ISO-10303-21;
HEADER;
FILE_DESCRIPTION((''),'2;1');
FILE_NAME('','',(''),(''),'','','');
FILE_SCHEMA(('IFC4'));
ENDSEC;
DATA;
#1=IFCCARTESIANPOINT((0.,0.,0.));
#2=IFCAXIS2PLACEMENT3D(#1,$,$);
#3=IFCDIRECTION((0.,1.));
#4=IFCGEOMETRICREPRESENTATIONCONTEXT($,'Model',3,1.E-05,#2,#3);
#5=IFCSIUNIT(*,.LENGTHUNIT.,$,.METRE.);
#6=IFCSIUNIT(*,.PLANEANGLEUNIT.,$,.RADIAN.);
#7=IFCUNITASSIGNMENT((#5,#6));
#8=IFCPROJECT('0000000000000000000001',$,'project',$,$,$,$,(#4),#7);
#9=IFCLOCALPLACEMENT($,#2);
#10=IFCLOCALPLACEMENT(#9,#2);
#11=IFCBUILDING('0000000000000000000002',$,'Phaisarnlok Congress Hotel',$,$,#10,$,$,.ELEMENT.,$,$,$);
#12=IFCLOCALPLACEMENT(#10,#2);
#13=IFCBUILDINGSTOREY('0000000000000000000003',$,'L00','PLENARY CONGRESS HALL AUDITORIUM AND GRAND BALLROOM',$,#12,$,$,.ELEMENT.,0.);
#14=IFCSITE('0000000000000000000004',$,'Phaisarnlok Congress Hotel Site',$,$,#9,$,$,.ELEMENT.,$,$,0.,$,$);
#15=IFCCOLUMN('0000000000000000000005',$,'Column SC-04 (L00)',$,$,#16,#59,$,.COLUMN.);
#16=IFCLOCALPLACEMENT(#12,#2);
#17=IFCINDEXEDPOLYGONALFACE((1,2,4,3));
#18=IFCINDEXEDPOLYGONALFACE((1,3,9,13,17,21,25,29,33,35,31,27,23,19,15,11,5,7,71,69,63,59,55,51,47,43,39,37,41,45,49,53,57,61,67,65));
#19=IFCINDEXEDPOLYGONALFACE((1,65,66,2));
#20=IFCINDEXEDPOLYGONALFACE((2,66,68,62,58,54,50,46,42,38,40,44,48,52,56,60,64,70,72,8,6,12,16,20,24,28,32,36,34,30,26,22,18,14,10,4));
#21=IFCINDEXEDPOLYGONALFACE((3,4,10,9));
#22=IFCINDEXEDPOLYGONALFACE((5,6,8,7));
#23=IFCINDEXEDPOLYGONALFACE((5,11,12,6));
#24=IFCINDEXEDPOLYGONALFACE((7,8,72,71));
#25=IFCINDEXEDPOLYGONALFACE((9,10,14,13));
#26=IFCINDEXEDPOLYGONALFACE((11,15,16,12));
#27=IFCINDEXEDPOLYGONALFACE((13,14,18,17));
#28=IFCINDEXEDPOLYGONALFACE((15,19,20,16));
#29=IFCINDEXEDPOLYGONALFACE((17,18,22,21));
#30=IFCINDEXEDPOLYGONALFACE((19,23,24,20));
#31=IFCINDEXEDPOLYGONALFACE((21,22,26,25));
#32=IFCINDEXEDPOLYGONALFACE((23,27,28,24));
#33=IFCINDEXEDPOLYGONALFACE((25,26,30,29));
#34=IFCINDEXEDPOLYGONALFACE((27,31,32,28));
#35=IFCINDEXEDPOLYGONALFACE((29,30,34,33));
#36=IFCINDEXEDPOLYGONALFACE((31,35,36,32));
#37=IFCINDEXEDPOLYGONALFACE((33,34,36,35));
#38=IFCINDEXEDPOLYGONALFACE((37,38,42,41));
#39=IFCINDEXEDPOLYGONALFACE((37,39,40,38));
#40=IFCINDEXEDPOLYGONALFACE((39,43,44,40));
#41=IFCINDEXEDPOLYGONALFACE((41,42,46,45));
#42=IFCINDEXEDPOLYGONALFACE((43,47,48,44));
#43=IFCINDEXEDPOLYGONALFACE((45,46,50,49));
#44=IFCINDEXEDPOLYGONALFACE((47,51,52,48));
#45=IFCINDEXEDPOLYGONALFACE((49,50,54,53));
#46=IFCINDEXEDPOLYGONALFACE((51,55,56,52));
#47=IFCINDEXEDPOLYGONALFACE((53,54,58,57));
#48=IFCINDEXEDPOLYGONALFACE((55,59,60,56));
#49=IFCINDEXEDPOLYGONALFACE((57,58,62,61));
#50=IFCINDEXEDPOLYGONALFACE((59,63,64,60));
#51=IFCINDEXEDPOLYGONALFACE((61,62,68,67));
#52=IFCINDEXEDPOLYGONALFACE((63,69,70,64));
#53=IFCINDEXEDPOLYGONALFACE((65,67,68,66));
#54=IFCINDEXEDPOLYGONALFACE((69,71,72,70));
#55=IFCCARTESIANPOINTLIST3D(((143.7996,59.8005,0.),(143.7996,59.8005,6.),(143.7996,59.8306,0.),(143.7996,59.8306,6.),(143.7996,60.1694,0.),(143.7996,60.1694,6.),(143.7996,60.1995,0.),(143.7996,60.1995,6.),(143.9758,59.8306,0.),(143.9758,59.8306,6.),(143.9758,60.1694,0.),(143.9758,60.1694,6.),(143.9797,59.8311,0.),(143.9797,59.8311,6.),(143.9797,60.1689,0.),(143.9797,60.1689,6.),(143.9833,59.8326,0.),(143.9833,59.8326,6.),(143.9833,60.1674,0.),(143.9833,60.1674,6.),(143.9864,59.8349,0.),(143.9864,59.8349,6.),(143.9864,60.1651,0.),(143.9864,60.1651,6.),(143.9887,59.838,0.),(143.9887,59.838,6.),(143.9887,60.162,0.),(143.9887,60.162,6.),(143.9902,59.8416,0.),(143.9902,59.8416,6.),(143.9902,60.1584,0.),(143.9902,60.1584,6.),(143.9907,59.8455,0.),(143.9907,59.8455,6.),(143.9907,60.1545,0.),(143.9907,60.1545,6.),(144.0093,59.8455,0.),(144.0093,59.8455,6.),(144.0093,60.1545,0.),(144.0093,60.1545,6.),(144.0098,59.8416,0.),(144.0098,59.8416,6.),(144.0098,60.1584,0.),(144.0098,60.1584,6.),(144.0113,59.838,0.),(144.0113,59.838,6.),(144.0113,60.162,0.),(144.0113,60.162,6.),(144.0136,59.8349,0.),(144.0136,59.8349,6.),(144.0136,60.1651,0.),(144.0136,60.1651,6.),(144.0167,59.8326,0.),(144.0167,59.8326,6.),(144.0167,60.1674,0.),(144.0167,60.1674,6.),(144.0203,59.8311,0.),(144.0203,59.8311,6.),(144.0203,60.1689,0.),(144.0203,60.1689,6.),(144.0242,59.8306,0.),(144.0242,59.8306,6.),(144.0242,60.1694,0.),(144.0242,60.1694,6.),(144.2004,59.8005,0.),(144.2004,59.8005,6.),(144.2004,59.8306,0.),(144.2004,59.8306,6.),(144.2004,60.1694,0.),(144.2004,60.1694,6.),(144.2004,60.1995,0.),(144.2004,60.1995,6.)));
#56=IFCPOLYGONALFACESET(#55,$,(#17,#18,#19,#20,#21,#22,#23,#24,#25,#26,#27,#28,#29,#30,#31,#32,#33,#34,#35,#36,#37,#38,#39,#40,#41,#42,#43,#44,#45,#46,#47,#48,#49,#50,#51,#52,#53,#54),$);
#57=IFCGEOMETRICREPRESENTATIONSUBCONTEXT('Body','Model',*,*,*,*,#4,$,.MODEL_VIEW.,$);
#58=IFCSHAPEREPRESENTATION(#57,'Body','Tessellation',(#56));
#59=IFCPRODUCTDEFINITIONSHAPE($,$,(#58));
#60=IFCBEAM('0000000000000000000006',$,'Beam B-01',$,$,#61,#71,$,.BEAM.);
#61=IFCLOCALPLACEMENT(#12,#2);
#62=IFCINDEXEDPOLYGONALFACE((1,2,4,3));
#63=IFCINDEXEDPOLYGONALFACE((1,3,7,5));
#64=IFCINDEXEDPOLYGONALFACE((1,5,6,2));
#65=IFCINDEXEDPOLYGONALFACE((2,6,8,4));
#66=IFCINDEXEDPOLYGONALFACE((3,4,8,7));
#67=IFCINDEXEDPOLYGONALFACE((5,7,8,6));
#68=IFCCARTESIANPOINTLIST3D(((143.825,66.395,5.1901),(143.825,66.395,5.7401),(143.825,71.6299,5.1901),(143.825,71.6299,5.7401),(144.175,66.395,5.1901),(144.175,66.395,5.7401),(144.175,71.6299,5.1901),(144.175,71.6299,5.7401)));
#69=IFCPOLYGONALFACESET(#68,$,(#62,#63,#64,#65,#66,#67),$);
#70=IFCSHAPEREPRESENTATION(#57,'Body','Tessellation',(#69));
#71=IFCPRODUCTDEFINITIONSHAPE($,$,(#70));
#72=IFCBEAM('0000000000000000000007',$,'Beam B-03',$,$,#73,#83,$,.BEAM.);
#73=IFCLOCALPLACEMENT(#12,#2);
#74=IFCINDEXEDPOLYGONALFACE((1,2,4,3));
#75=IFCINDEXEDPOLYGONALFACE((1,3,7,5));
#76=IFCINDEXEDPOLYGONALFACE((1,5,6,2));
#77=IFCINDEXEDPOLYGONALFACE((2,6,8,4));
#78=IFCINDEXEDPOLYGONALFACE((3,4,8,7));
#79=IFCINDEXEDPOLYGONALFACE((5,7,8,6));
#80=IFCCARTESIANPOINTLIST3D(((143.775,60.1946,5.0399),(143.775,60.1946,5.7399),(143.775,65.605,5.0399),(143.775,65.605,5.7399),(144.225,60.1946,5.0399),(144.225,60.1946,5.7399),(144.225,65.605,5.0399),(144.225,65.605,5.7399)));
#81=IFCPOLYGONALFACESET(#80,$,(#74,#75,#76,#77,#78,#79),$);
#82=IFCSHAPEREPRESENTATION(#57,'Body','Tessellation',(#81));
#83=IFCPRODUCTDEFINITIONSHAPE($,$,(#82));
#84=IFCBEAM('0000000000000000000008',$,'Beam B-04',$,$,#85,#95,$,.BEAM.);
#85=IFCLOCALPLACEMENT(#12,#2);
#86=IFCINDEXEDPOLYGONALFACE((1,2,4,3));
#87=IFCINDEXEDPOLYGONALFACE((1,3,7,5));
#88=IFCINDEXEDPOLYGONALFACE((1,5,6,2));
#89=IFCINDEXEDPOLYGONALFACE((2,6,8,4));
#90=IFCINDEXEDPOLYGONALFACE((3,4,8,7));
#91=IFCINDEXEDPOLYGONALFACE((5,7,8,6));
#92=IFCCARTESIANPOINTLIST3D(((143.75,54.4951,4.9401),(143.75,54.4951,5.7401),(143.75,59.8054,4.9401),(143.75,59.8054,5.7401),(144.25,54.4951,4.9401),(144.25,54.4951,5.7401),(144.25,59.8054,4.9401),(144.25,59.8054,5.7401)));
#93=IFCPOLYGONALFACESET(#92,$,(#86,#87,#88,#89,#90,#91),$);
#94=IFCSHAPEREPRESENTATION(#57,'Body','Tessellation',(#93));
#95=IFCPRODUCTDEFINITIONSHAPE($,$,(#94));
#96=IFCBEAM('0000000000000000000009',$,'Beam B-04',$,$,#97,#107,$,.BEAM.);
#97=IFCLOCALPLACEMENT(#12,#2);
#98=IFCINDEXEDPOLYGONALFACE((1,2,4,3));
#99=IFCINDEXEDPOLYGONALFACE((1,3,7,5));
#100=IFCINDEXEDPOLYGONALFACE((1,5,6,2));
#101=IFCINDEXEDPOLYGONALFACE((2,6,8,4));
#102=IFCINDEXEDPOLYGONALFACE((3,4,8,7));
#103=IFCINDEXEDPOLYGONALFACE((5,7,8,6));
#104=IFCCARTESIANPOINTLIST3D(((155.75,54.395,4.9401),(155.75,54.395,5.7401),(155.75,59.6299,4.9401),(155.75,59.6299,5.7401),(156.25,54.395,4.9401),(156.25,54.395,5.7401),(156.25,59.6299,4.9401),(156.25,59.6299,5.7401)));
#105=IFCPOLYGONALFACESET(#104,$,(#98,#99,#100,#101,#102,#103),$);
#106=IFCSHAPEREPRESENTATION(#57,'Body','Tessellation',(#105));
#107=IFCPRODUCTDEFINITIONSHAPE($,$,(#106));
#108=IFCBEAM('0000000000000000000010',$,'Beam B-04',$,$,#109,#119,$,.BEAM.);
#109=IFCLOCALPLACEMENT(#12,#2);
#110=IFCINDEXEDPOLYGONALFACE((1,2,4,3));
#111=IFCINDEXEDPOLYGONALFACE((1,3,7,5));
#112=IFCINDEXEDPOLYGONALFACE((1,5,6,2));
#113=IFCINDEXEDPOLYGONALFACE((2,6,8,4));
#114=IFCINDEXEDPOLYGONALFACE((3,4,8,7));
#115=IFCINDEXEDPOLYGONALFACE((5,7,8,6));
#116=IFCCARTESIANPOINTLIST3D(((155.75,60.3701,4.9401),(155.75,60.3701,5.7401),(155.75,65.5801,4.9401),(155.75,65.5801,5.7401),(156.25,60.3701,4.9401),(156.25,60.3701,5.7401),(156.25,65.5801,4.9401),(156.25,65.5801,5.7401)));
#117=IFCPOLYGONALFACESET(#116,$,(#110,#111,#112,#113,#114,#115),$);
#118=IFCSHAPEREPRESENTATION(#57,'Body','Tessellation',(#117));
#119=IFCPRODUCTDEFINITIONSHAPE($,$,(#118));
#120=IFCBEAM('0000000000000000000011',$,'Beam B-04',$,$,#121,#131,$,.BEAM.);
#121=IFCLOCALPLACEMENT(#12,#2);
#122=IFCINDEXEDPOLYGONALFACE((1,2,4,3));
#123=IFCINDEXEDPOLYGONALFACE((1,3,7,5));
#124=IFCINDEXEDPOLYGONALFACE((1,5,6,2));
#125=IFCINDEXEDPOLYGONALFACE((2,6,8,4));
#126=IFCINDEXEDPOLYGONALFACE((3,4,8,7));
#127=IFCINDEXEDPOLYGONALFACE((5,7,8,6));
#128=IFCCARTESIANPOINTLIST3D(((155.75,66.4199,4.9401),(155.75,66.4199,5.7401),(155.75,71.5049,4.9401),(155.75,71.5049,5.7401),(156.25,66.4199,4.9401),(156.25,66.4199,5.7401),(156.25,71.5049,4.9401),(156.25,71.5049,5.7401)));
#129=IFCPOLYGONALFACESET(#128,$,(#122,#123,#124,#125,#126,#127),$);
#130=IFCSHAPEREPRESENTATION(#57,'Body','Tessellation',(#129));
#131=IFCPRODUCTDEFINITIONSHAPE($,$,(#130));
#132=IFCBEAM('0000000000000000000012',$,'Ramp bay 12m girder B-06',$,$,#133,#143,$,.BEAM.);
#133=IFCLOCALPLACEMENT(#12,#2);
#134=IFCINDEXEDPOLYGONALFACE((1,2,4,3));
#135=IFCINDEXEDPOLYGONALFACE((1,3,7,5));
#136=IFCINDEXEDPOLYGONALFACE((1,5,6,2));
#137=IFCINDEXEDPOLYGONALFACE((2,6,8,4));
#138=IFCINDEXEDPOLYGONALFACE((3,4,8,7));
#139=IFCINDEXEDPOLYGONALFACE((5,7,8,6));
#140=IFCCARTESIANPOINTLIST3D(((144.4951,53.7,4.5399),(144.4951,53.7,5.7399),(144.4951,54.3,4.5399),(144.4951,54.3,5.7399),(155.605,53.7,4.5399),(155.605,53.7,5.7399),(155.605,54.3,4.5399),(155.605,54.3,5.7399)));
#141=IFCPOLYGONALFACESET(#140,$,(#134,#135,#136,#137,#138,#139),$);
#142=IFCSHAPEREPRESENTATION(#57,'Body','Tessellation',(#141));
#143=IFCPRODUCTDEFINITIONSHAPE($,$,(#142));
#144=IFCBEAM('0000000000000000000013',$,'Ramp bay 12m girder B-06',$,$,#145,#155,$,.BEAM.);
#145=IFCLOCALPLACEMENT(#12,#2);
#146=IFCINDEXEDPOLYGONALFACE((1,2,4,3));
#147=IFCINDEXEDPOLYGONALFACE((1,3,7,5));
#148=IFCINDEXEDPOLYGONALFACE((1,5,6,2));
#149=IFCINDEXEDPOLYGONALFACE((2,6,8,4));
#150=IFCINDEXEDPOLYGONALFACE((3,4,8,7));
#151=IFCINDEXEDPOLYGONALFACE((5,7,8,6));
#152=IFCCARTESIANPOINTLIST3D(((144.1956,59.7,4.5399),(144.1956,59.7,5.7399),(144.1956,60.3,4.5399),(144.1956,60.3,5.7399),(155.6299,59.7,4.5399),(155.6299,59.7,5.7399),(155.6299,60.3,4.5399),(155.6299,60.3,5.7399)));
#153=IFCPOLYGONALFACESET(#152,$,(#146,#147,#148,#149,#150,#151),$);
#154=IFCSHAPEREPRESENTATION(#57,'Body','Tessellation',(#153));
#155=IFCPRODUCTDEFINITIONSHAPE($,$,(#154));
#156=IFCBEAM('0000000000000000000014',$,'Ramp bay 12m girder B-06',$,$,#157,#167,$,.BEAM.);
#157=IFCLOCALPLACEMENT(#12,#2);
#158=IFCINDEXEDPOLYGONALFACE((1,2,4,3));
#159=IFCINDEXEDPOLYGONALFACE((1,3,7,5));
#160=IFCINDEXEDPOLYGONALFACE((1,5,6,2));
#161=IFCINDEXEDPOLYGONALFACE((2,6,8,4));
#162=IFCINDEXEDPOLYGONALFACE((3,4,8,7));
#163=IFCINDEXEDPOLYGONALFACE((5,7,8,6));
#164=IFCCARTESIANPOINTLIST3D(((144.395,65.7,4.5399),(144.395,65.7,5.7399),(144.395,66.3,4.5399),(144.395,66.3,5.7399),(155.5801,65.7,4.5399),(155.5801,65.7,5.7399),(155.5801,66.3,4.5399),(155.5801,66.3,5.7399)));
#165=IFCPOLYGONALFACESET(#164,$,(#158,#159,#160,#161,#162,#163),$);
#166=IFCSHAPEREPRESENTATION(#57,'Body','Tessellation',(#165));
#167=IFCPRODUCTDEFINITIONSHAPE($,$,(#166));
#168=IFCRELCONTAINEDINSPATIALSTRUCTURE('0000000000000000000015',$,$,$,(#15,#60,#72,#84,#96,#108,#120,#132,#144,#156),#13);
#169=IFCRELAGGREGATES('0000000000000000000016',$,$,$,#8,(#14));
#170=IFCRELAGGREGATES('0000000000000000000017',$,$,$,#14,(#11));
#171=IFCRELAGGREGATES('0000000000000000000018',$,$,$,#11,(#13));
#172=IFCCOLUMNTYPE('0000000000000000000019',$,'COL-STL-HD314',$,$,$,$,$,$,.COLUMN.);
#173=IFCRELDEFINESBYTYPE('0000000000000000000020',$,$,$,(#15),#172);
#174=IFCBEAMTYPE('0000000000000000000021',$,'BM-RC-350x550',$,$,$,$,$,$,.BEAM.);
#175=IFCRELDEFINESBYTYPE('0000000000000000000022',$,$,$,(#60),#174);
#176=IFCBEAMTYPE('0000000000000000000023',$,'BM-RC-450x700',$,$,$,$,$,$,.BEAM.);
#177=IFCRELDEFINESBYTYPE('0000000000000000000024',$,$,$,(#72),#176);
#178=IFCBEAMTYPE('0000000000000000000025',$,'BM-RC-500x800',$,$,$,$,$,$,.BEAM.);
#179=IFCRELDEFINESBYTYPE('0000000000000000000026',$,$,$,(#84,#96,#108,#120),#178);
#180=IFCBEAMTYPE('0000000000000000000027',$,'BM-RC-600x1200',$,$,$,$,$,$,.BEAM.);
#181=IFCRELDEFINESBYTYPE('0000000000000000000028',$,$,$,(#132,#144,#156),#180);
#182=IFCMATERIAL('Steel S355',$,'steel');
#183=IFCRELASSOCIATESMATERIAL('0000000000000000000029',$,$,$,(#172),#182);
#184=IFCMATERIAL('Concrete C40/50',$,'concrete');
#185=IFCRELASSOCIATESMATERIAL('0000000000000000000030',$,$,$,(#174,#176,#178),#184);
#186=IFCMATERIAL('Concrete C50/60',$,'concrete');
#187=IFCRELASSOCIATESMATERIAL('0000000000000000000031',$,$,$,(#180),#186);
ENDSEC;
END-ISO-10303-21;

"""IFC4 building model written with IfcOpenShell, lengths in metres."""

from ifc_helpers import new_model, si_unit, direction, frame, origin, origin_2d, place, context, subcontext, project, spatial, rectangle, i_section, extrude, material, material_profile, profile_set, type_object, element, save


model = new_model("IFC4")

# Units and contexts
model_context = context("Model", 3, precision=1e-05, world=origin(), true_north=direction((0.0, 1.0)))
body_context = subcontext(model_context, "Body", "Model", "MODEL_VIEW")
ifc_project = project(units=[si_unit("LENGTHUNIT", "METRE"), si_unit("PLANEANGLEUNIT", "RADIAN")], contexts=[model_context])

# Site, building, storey
site_placement = place(None, origin())
site = spatial("IfcSite", under=ifc_project, at=site_placement, Name="Phaisarnlok Congress Hotel Site", CompositionType="ELEMENT", RefElevation=0.0)
building_placement = place(site_placement, origin())
building = spatial("IfcBuilding", under=site, at=building_placement, Name="Phaisarnlok Congress Hotel", CompositionType="ELEMENT")
storey_placement = place(building_placement, origin())
storey = spatial("IfcBuildingStorey", under=building, at=storey_placement, Name="L00", Description="PLENARY CONGRESS HALL AUDITORIUM AND GRAND BALLROOM", CompositionType="ELEMENT", Elevation=0.0)

# Column
ifc_material_1 = material(Name="Concrete C50/60", Category="concrete")
ifc_material_2 = material(Name="Steel S355", Category="steel")
ifc_material_profile_1 = material_profile(ifc_material_2, i_section(OverallWidth=0.4009, OverallDepth=0.3989, WebThickness=0.0186, FlangeThickness=0.03, FilletRadius=0.0149, at=origin_2d()), Name="HD 400x314")
ifc_profile_set_1 = profile_set([ifc_material_profile_1], Name="Steel S355")
column_type_1 = type_object("IfcColumnType", Name="COL-STL-HD314", PredefinedType="COLUMN", material=ifc_profile_set_1)
column_1_placement = place(storey_placement, frame((144.0, 60.0, 0.0), z_axis=(0.0, 0.0, 1.0), x_axis=(1.0, 0.0, 0.0)))
element("IfcColumn", 1, at=column_1_placement, inside=storey, type_object=column_type_1, Name="Column SC-04 (L00)", PredefinedType="COLUMN", context=body_context, shape_type="SweptSolid", body=[
    extrude(i_section(OverallWidth=0.4009, OverallDepth=0.3989, WebThickness=0.0186, FlangeThickness=0.03, FilletRadius=0.0149, at=origin_2d()), origin(), (0.0, 0.0, 1.0), 6.0),
])

# Beams
ifc_material_3 = material(Name="Concrete C40/50", Category="concrete")
ifc_material_profile_2 = material_profile(ifc_material_3, rectangle(XDim=0.3501, YDim=0.55, at=origin_2d()), Name="RC 350x550")
ifc_profile_set_2 = profile_set([ifc_material_profile_2], Name="Concrete C40/50")
beam_type_1 = type_object("IfcBeamType", Name="BM-RC-350x550", PredefinedType="BEAM", material=ifc_profile_set_2)
beam_1_placement = place(storey_placement, frame((144.0, 66.395, 5.4651), z_axis=(0.0, 1.0, 0.0), x_axis=(-1.0, 0.0, 0.0)))
element("IfcBeam", 2, at=beam_1_placement, inside=storey, type_object=beam_type_1, Name="Beam B-01", PredefinedType="BEAM", context=body_context, shape_type="SweptSolid", body=[
    extrude(rectangle(XDim=0.3501, YDim=0.55, at=origin_2d()), origin(), (0.0, 0.0, 1.0), 5.2349),
])
ifc_material_profile_3 = material_profile(ifc_material_3, rectangle(XDim=0.45, YDim=0.7, at=origin_2d()), Name="RC 450x700")
ifc_profile_set_3 = profile_set([ifc_material_profile_3], Name="Concrete C40/50")
beam_type_2 = type_object("IfcBeamType", Name="BM-RC-450x700", PredefinedType="BEAM", material=ifc_profile_set_3)
beam_2_placement = place(storey_placement, frame((144.0, 60.1946, 5.3899), z_axis=(0.0, 1.0, 0.0), x_axis=(-1.0, 0.0, 0.0)))
element("IfcBeam", 3, at=beam_2_placement, inside=storey, type_object=beam_type_2, Name="Beam B-03", PredefinedType="BEAM", context=body_context, shape_type="SweptSolid", body=[
    extrude(rectangle(XDim=0.45, YDim=0.7, at=origin_2d()), origin(), (0.0, 0.0, 1.0), 5.4104),
])
ifc_material_profile_4 = material_profile(ifc_material_3, rectangle(XDim=0.5, YDim=0.8, at=origin_2d()), Name="RC 500x800")
ifc_profile_set_4 = profile_set([ifc_material_profile_4], Name="Concrete C40/50")
beam_type_3 = type_object("IfcBeamType", Name="BM-RC-500x800", PredefinedType="BEAM", material=ifc_profile_set_4)
beam_3_placement = place(storey_placement, frame((144.0, 54.4951, 5.3401), z_axis=(0.0, 1.0, 0.0), x_axis=(-1.0, 0.0, 0.0)))
element("IfcBeam", 4, at=beam_3_placement, inside=storey, type_object=beam_type_3, Name="Beam B-04", PredefinedType="BEAM", context=body_context, shape_type="SweptSolid", body=[
    extrude(rectangle(XDim=0.5, YDim=0.8, at=origin_2d()), origin(), (0.0, 0.0, 1.0), 5.3103),
])
beam_4_placement = place(storey_placement, frame((156.0, 54.395, 5.3401), z_axis=(0.0, 1.0, 0.0), x_axis=(-1.0, 0.0, 0.0)))
element("IfcBeam", 5, at=beam_4_placement, inside=storey, type_object=beam_type_3, Name="Beam B-04", PredefinedType="BEAM", context=body_context, shape_type="SweptSolid", body=[
    extrude(rectangle(XDim=0.5, YDim=0.8, at=origin_2d()), origin(), (0.0, 0.0, 1.0), 5.2349),
])
beam_5_placement = place(storey_placement, frame((156.0, 60.3701, 5.3401), z_axis=(0.0, 1.0, 0.0), x_axis=(-1.0, 0.0, 0.0)))
element("IfcBeam", 6, at=beam_5_placement, inside=storey, type_object=beam_type_3, Name="Beam B-04", PredefinedType="BEAM", context=body_context, shape_type="SweptSolid", body=[
    extrude(rectangle(XDim=0.5, YDim=0.8, at=origin_2d()), origin(), (0.0, 0.0, 1.0), 5.21),
])
beam_6_placement = place(storey_placement, frame((156.0, 66.4199, 5.3401), z_axis=(0.0, 1.0, 0.0), x_axis=(-1.0, 0.0, 0.0)))
element("IfcBeam", 7, at=beam_6_placement, inside=storey, type_object=beam_type_3, Name="Beam B-04", PredefinedType="BEAM", context=body_context, shape_type="SweptSolid", body=[
    extrude(rectangle(XDim=0.5, YDim=0.8, at=origin_2d()), origin(), (0.0, 0.0, 1.0), 5.085),
])
ifc_material_profile_5 = material_profile(ifc_material_1, rectangle(XDim=0.6001, YDim=1.2, at=origin_2d()), Name="RC 600x1200")
ifc_profile_set_5 = profile_set([ifc_material_profile_5], Name="Concrete C50/60")
beam_type_4 = type_object("IfcBeamType", Name="BM-RC-600x1200", PredefinedType="BEAM", material=ifc_profile_set_5)
beam_7_placement = place(storey_placement, frame((144.4951, 54.0, 5.1399), z_axis=(1.0, 0.0, 0.0), x_axis=(0.0, 1.0, 0.0)))
element("IfcBeam", 8, at=beam_7_placement, inside=storey, type_object=beam_type_4, Name="Ramp bay 12m girder B-06", PredefinedType="BEAM", context=body_context, shape_type="SweptSolid", body=[
    extrude(rectangle(XDim=0.6001, YDim=1.2, at=origin_2d()), origin(), (0.0, 0.0, 1.0), 11.1099),
])
beam_8_placement = place(storey_placement, frame((144.1956, 60.0, 5.1399), z_axis=(1.0, 0.0, 0.0), x_axis=(0.0, 1.0, 0.0)))
element("IfcBeam", 9, at=beam_8_placement, inside=storey, type_object=beam_type_4, Name="Ramp bay 12m girder B-06", PredefinedType="BEAM", context=body_context, shape_type="SweptSolid", body=[
    extrude(rectangle(XDim=0.6001, YDim=1.2, at=origin_2d()), origin(), (0.0, 0.0, 1.0), 11.4343),
])
beam_9_placement = place(storey_placement, frame((144.395, 66.0, 5.1399), z_axis=(1.0, 0.0, 0.0), x_axis=(0.0, 1.0, 0.0)))
element("IfcBeam", 10, at=beam_9_placement, inside=storey, type_object=beam_type_4, Name="Ramp bay 12m girder B-06", PredefinedType="BEAM", context=body_context, shape_type="SweptSolid", body=[
    extrude(rectangle(XDim=0.6001, YDim=1.2, at=origin_2d()), origin(), (0.0, 0.0, 1.0), 11.1851),
])

save(model, "model.ifc")
